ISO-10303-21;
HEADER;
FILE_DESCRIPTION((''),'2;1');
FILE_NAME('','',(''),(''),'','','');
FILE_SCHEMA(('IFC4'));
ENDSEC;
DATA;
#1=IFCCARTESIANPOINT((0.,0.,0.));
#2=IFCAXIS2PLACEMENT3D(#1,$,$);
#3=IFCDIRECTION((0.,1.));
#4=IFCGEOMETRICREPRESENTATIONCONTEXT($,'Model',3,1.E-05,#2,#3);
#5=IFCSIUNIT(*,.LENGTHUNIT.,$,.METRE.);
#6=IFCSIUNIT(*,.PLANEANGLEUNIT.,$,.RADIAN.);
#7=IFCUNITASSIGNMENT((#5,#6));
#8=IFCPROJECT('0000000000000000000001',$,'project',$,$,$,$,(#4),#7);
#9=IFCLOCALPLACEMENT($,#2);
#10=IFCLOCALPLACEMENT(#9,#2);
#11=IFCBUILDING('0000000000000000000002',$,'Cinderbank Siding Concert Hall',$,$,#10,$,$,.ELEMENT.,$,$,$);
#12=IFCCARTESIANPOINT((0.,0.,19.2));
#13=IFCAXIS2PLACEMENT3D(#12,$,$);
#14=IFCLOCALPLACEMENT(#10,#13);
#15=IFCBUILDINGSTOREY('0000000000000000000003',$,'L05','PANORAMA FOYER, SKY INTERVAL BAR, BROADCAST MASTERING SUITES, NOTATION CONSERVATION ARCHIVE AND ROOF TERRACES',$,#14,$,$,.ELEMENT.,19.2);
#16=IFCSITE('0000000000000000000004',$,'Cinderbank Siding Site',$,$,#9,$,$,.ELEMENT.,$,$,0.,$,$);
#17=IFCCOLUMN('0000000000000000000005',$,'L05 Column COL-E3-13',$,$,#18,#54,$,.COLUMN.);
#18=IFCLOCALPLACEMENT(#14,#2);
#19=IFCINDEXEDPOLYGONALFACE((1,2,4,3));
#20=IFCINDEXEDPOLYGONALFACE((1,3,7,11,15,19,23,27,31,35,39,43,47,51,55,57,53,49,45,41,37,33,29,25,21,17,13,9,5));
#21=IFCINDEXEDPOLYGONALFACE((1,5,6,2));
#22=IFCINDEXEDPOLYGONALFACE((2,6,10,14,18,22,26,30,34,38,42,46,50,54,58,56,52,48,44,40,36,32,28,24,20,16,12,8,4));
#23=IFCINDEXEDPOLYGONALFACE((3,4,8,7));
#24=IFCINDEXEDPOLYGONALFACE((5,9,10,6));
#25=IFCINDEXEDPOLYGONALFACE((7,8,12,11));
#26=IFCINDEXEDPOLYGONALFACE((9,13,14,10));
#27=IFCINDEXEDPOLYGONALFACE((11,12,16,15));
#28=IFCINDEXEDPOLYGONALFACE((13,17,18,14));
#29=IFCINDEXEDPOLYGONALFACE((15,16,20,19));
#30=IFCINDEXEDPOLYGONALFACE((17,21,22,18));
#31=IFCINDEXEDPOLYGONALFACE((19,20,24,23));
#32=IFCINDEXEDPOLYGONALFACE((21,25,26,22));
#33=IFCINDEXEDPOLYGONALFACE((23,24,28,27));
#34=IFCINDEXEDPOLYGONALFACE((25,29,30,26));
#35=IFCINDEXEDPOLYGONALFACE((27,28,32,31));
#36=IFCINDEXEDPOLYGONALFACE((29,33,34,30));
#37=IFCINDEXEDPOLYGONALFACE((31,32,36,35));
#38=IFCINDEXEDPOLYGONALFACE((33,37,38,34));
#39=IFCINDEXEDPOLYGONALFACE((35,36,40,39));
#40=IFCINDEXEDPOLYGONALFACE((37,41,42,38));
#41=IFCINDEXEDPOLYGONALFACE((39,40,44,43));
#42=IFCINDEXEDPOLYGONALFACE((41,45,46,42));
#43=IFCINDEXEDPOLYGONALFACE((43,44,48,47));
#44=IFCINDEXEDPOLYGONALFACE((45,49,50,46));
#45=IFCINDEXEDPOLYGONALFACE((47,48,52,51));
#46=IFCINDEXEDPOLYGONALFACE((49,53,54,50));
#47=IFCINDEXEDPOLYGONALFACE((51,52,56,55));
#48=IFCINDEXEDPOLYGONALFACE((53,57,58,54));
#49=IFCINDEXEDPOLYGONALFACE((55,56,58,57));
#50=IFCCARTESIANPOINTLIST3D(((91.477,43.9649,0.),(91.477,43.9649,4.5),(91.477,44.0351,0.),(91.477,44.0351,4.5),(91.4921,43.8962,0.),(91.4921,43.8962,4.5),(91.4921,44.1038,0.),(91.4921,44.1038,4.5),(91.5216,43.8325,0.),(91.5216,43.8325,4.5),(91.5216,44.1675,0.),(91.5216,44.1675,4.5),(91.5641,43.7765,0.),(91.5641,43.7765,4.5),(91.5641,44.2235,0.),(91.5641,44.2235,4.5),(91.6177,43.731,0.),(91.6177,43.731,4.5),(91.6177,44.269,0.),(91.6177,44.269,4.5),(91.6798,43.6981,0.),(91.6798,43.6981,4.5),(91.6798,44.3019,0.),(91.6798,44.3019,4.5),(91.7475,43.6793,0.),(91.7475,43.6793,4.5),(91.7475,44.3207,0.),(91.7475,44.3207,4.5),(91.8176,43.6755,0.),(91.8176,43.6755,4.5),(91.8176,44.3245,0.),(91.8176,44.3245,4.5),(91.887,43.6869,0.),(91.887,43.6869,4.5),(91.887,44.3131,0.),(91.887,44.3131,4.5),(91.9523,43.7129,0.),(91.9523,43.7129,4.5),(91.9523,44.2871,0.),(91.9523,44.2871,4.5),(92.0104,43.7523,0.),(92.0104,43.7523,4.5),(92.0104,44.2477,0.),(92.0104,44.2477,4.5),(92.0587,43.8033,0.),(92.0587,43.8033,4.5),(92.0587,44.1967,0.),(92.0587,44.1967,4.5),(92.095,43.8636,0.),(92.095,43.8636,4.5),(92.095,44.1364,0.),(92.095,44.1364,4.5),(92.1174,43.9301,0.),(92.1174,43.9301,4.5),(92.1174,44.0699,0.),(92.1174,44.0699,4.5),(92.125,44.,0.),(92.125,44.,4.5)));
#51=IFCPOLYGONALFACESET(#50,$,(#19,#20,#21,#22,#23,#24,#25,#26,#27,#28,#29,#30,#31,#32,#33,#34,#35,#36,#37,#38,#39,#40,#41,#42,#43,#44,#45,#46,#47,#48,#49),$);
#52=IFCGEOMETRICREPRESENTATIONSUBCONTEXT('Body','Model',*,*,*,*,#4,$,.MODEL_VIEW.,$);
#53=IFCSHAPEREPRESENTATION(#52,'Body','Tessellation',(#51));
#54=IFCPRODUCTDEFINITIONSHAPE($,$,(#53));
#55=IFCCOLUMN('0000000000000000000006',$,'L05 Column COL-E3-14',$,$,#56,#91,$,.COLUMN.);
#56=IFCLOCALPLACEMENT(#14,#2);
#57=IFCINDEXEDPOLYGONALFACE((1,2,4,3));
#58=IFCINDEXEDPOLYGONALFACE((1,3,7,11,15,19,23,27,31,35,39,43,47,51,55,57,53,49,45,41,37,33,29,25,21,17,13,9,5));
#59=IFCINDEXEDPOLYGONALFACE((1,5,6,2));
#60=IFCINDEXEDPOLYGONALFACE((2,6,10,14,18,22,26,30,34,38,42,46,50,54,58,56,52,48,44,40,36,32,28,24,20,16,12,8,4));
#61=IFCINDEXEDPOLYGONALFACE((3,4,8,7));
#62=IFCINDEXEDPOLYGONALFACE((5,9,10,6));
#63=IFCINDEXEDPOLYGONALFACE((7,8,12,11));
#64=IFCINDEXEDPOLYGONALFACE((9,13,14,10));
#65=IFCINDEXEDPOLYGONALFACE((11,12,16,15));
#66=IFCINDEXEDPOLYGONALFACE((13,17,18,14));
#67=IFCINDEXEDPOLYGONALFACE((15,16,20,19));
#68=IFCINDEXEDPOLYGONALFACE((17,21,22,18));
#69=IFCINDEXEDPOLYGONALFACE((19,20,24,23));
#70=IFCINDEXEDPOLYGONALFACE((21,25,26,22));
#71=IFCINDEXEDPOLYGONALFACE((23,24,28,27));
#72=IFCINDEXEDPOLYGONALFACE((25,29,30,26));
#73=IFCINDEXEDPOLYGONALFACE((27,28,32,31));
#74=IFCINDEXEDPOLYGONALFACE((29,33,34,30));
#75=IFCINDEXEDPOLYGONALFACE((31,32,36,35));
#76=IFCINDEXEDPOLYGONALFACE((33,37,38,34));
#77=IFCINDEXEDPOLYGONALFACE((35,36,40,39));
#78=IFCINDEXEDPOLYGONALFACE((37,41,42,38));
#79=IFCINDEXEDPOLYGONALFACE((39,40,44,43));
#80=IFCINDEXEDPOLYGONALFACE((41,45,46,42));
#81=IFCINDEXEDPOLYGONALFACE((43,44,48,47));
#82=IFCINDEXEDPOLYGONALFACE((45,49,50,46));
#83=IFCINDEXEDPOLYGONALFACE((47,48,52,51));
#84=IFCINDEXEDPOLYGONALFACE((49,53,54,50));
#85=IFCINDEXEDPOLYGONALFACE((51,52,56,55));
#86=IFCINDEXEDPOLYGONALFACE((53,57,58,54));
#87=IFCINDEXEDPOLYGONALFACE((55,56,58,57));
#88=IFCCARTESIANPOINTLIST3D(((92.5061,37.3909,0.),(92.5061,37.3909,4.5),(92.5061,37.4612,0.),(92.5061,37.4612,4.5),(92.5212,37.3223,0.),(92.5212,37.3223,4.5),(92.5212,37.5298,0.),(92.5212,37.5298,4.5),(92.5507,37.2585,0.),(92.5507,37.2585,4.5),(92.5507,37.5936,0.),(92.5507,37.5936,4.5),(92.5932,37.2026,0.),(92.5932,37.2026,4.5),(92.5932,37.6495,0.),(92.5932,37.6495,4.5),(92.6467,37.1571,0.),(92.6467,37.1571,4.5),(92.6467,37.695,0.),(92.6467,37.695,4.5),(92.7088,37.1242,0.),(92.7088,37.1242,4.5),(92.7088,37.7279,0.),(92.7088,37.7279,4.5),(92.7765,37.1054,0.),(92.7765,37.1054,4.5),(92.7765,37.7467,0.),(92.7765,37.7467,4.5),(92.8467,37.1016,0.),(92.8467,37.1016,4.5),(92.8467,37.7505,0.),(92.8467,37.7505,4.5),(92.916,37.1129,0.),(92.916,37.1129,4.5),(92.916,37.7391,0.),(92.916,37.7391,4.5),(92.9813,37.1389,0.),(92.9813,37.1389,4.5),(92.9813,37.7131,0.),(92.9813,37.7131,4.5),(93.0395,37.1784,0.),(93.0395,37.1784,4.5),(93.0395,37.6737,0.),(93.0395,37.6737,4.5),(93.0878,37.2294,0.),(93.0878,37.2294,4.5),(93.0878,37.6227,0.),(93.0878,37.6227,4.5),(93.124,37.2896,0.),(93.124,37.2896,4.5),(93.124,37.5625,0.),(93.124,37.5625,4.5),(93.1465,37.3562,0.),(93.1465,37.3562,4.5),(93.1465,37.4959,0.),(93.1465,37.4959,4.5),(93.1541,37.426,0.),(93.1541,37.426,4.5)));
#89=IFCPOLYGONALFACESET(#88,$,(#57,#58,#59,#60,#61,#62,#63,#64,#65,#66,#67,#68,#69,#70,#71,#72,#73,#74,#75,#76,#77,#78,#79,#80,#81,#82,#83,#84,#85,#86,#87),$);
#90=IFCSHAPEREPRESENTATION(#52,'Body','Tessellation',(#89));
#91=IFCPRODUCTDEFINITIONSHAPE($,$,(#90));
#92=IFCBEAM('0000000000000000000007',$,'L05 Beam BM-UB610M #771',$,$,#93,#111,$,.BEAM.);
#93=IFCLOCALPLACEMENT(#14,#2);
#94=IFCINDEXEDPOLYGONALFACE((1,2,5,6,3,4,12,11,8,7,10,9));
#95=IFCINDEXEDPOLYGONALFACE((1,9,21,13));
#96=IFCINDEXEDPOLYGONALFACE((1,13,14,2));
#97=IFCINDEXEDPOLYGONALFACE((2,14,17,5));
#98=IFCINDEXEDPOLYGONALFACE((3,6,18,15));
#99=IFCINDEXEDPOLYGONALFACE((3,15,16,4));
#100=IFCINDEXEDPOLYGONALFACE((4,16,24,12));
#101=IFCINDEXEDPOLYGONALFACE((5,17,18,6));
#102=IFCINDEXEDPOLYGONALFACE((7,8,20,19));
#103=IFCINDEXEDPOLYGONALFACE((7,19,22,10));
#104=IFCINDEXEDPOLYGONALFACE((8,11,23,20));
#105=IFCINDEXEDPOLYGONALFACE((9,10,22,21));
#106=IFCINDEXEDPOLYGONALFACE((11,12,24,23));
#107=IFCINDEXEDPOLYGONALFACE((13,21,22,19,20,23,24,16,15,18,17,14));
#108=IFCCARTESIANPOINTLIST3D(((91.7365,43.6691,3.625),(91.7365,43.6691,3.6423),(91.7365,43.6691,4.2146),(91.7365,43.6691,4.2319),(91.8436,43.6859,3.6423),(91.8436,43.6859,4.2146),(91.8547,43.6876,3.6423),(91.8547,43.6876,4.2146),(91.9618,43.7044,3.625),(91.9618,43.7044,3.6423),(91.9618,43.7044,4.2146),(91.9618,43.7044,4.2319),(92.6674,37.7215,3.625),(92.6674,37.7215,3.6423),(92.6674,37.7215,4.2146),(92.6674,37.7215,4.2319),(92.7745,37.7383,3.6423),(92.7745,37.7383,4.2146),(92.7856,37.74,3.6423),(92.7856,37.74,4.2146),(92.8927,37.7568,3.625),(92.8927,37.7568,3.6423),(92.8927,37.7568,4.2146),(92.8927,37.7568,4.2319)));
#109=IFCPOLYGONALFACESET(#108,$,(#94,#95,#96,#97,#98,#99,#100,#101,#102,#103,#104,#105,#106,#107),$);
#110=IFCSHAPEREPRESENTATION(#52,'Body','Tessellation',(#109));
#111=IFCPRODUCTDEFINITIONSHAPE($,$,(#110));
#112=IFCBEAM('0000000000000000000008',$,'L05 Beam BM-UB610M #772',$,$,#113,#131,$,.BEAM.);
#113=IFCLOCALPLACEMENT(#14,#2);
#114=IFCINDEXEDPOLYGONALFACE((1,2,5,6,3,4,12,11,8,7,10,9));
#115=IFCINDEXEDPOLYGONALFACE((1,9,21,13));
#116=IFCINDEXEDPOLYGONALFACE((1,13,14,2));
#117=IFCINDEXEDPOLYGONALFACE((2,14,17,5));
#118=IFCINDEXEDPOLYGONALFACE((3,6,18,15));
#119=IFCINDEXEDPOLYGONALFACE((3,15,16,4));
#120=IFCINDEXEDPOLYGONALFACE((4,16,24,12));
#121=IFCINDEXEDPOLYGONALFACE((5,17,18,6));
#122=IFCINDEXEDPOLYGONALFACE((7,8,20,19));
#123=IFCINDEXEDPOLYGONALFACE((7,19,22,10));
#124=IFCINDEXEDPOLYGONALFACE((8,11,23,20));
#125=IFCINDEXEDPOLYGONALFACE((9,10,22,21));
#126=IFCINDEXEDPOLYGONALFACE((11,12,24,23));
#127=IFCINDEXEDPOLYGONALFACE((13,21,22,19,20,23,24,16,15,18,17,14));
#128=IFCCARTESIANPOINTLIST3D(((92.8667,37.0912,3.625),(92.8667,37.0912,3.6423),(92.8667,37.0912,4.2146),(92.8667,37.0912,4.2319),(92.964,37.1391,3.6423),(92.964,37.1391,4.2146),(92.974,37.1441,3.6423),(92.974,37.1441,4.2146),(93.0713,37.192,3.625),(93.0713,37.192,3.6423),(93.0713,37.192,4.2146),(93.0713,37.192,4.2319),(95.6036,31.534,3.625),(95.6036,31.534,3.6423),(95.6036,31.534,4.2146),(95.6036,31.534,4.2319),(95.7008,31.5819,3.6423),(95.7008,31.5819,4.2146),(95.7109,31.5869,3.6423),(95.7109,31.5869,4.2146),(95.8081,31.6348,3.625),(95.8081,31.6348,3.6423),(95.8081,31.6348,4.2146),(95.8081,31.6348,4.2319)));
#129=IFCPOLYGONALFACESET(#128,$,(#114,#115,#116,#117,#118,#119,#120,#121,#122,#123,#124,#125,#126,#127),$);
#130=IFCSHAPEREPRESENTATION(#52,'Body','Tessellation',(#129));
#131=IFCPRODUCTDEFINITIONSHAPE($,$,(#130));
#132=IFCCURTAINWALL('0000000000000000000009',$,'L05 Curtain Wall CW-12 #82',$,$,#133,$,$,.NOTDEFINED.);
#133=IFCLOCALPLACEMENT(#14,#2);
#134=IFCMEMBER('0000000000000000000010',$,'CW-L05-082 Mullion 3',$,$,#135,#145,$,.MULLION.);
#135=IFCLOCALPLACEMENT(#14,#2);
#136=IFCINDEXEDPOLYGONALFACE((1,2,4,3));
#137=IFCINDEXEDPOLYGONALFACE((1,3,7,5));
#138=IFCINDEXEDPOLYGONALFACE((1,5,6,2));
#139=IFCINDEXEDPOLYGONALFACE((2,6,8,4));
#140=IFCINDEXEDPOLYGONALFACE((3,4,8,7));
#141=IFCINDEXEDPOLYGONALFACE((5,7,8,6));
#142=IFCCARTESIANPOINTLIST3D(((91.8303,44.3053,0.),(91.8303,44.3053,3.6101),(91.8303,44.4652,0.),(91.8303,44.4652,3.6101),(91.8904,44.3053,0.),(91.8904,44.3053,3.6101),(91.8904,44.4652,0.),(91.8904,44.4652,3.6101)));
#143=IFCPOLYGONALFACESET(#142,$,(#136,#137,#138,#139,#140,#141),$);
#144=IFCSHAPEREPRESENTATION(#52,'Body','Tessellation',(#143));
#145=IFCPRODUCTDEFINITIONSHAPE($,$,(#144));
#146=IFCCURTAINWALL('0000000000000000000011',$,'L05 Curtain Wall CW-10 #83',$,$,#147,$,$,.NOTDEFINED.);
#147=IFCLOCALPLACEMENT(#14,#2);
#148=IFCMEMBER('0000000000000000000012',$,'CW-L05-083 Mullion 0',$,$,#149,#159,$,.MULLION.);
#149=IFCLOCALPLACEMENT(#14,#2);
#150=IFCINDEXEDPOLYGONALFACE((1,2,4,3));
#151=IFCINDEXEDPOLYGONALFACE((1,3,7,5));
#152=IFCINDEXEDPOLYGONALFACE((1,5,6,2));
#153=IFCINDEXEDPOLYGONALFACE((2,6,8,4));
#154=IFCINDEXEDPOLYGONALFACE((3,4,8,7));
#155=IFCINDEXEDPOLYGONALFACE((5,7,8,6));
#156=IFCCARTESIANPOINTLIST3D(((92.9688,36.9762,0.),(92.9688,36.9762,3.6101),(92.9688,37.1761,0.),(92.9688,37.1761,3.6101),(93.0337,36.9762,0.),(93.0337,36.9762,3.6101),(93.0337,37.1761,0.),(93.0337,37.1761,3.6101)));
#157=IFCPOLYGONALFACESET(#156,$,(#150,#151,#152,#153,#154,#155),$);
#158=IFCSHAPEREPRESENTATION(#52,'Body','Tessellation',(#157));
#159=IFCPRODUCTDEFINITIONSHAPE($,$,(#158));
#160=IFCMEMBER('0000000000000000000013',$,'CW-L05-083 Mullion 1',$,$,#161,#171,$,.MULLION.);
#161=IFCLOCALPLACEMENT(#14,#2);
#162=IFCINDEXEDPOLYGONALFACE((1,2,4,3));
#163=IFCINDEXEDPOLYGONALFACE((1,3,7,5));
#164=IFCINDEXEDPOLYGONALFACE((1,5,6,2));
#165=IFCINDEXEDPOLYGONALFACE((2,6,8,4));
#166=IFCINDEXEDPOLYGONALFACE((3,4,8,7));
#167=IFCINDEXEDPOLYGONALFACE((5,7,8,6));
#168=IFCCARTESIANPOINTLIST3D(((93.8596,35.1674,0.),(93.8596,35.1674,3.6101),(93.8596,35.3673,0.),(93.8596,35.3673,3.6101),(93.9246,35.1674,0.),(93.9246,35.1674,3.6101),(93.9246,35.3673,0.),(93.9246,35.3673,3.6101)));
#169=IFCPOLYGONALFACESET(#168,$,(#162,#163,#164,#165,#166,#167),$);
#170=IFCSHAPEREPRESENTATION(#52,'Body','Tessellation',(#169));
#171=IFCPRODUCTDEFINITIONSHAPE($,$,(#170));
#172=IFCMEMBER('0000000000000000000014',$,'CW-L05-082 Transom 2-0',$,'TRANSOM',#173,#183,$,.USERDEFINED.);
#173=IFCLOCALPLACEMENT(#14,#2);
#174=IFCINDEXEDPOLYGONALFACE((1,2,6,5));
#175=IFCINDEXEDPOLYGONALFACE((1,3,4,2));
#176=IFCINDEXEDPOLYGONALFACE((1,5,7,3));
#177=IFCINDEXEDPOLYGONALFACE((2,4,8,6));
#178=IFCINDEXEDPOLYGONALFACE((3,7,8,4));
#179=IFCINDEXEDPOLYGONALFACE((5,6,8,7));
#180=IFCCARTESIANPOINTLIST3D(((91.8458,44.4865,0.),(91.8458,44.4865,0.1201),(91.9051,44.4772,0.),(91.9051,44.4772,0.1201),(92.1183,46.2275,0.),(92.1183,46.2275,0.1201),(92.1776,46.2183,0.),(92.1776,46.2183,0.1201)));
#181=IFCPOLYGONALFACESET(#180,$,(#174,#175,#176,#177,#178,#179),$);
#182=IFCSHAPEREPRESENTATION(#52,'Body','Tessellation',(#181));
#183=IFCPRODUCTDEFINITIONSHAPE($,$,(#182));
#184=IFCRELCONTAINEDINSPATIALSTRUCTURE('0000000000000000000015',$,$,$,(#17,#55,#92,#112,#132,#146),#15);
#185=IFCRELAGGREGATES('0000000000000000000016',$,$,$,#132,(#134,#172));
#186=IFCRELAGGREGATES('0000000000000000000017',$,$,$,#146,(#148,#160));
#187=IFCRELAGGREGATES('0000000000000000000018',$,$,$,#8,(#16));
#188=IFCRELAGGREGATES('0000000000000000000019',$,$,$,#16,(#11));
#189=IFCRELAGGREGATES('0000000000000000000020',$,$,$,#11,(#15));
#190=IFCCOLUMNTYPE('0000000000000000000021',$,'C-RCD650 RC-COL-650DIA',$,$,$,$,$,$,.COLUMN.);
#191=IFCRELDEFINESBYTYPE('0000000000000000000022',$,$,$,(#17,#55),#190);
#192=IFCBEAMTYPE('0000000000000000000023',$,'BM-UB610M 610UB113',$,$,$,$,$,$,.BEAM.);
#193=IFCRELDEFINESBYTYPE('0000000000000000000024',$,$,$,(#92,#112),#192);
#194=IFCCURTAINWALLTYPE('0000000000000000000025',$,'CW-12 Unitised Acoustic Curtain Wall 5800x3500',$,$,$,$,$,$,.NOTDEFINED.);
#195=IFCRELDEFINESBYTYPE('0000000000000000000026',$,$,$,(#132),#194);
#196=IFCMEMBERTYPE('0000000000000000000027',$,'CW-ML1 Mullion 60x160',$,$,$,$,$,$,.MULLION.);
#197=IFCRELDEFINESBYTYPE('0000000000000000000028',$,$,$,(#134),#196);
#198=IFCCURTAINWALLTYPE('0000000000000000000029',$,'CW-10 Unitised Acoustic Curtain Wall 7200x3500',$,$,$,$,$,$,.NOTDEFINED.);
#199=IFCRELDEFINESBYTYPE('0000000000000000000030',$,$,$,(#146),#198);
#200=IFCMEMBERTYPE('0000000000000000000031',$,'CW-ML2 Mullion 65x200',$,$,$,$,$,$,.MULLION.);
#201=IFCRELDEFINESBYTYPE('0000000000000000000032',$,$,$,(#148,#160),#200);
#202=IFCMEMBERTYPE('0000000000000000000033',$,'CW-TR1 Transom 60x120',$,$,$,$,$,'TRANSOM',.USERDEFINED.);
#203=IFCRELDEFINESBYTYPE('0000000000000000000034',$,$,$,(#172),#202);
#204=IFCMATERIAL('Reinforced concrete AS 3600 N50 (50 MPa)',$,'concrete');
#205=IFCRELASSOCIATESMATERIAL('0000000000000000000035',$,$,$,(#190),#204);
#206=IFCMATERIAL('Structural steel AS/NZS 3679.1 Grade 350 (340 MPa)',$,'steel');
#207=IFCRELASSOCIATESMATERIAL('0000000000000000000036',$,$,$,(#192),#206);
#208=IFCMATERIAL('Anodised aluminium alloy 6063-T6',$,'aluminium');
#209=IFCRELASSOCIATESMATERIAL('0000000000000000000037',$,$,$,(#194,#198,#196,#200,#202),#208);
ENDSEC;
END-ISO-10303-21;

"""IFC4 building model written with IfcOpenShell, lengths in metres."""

from ifc_helpers import new_model, si_unit, direction, frame, origin, origin_2d, place, context, subcontext, project, spatial, rectangle, circle, i_section, extrude, material, material_profile, profile_set, type_object, element, aggregate, save


model = new_model("IFC4")

# Units and contexts
model_context = context("Model", 3, precision=1e-05, world=origin(), true_north=direction((0.0, 1.0)))
body_context = subcontext(model_context, "Body", "Model", "MODEL_VIEW")
ifc_project = project(units=[si_unit("LENGTHUNIT", "METRE"), si_unit("PLANEANGLEUNIT", "RADIAN")], contexts=[model_context])

# Site, building, storey
site_placement = place(None, origin())
site = spatial("IfcSite", under=ifc_project, at=site_placement, Name="Cinderbank Siding Site", CompositionType="ELEMENT", RefElevation=0.0)
building_placement = place(site_placement, origin())
building = spatial("IfcBuilding", under=site, at=building_placement, Name="Cinderbank Siding Concert Hall", CompositionType="ELEMENT")
storey_placement = place(building_placement, frame((0.0, 0.0, 19.2)))
storey = spatial("IfcBuildingStorey", under=building, at=storey_placement, Name="L05", Description="PANORAMA FOYER, SKY INTERVAL BAR, BROADCAST MASTERING SUITES, NOTATION CONSERVATION ARCHIVE AND ROOF TERRACES", CompositionType="ELEMENT", Elevation=19.2)

# Columns
ifc_material_1 = material(Name="Reinforced concrete AS 3600 N50 (50 MPa)", Category="concrete")
ifc_material_profile_1 = material_profile(ifc_material_1, circle(Radius=0.325, at=origin_2d()), Name="RC-COL-650DIA", Category="LoadBearing")
ifc_profile_set_1 = profile_set([ifc_material_profile_1], Name="Reinforced concrete AS 3600 N50 (50 MPa)")
column_type = type_object("IfcColumnType", Name="C-RCD650 RC-COL-650DIA", PredefinedType="COLUMN", material=ifc_profile_set_1)
for number, where, z_axis, x_axis, name in (
    (1, (91.8, 44.0, 0.0), (0.0, 0.0, 1.0), (1.0, 0.0, 0.0), "L05 Column COL-E3-13"),
    (2, (92.8291, 37.426, 0.0), (0.0, 0.0, 1.0), (1.0, 0.0, 0.0), "L05 Column COL-E3-14"),
):
    element("IfcColumn", number, at=place(storey_placement, frame(where, z_axis=z_axis, x_axis=x_axis)), inside=storey, type_object=column_type, Name=name, PredefinedType="COLUMN", context=body_context, shape_type="SweptSolid", body=[
        extrude(circle(Radius=0.325, at=origin_2d()), origin(), (0.0, 0.0, 1.0), 4.5),
    ])

# Beams
ifc_material_2 = material(Name="Structural steel AS/NZS 3679.1 Grade 350 (340 MPa)", Category="steel")
ifc_material_profile_2 = material_profile(ifc_material_2, i_section(OverallWidth=0.228, OverallDepth=0.6069, WebThickness=0.0112, FlangeThickness=0.0173, at=origin_2d()), Name="610UB113", Category="LoadBearing")
ifc_profile_set_2 = profile_set([ifc_material_profile_2], Name="Structural steel AS/NZS 3679.1 Grade 350 (340 MPa)")
beam_type = type_object("IfcBeamType", Name="BM-UB610M 610UB113", PredefinedType="BEAM", material=ifc_profile_set_2)
beam_1_placement = place(storey_placement, frame((91.8491, 43.6868, 3.9285), z_axis=(0.154638, -0.987971, 0.0), x_axis=(0.987971, 0.154638, 0.0)))
element("IfcBeam", 3, at=beam_1_placement, inside=storey, type_object=beam_type, Name="L05 Beam BM-UB610M #771", PredefinedType="BEAM", context=body_context, shape_type="SweptSolid", body=[
    extrude(i_section(OverallWidth=0.228, OverallDepth=0.6069, WebThickness=0.0112, FlangeThickness=0.0173, at=origin_2d()), origin(), (0.0, 0.0, 1.0), 6.02),
])
beam_2_placement = place(storey_placement, frame((92.969, 37.1416, 3.9285), z_axis=(0.441814, -0.897107, 0.0), x_axis=(0.897107, 0.441814, 0.0)))
element("IfcBeam", 4, at=beam_2_placement, inside=storey, type_object=beam_type, Name="L05 Beam BM-UB610M #772", PredefinedType="BEAM", context=body_context, shape_type="SweptSolid", body=[
    extrude(i_section(OverallWidth=0.228, OverallDepth=0.6069, WebThickness=0.0112, FlangeThickness=0.0173, at=origin_2d()), origin(), (0.0, 0.0, 1.0), 6.1946),
])

# Curtain wall, member
ifc_material_3 = material(Name="Anodised aluminium alloy 6063-T6", Category="aluminium")
curtain_wall_type_1 = type_object("IfcCurtainWallType", Name="CW-12 Unitised Acoustic Curtain Wall 5800x3500", PredefinedType="NOTDEFINED", material=ifc_material_3)
curtain_wall_1_placement = place(storey_placement, origin())
curtain_wall_1 = element("IfcCurtainWall", 5, at=curtain_wall_1_placement, inside=storey, type_object=curtain_wall_type_1, Name="L05 Curtain Wall CW-12 #82", PredefinedType="NOTDEFINED")
ifc_material_profile_3 = material_profile(ifc_material_3, rectangle(XDim=0.0601, YDim=0.1599, at=origin_2d()), Name="ALU-MULL-60x160", Category="LoadBearing")
ifc_profile_set_3 = profile_set([ifc_material_profile_3], Name="Anodised aluminium alloy 6063-T6")
member_type_1 = type_object("IfcMemberType", Name="CW-ML1 Mullion 60x160", PredefinedType="MULLION", material=ifc_profile_set_3)
member_1_placement = place(storey_placement, frame((91.8604, 44.3853, 0.0), z_axis=(0.0, 0.0, 1.0), x_axis=(1.0, 0.0, 0.0)))
member_1 = element("IfcMember", 6, at=member_1_placement, type_object=member_type_1, Name="CW-L05-082 Mullion 3", PredefinedType="MULLION", context=body_context, shape_type="SweptSolid", body=[
    extrude(rectangle(XDim=0.0601, YDim=0.1599, at=origin_2d()), origin(), (0.0, 0.0, 1.0), 3.6101),
])

# Curtain wall, members
curtain_wall_type_2 = type_object("IfcCurtainWallType", Name="CW-10 Unitised Acoustic Curtain Wall 7200x3500", PredefinedType="NOTDEFINED", material=ifc_material_3)
curtain_wall_2_placement = place(storey_placement, origin())
curtain_wall_2 = element("IfcCurtainWall", 7, at=curtain_wall_2_placement, inside=storey, type_object=curtain_wall_type_2, Name="L05 Curtain Wall CW-10 #83", PredefinedType="NOTDEFINED")
ifc_material_profile_4 = material_profile(ifc_material_3, rectangle(XDim=0.0649, YDim=0.2, at=origin_2d()), Name="ALU-MULL-65x200", Category="LoadBearing")
ifc_profile_set_4 = profile_set([ifc_material_profile_4], Name="Anodised aluminium alloy 6063-T6")
member_type_2 = type_object("IfcMemberType", Name="CW-ML2 Mullion 65x200", PredefinedType="MULLION", material=ifc_profile_set_4)
member_2_placement = place(storey_placement, frame((93.0012, 37.0762, 0.0), z_axis=(0.0, 0.0, 1.0), x_axis=(1.0, 0.0, 0.0)))
member_2 = element("IfcMember", 8, at=member_2_placement, type_object=member_type_2, Name="CW-L05-083 Mullion 0", PredefinedType="MULLION", context=body_context, shape_type="SweptSolid", body=[
    extrude(rectangle(XDim=0.0649, YDim=0.2, at=origin_2d()), origin(), (0.0, 0.0, 1.0), 3.6101),
])
member_3_placement = place(storey_placement, frame((93.8921, 35.2673, 0.0), z_axis=(0.0, 0.0, 1.0), x_axis=(1.0, 0.0, 0.0)))
member_3 = element("IfcMember", 9, at=member_3_placement, type_object=member_type_2, Name="CW-L05-083 Mullion 1", PredefinedType="MULLION", context=body_context, shape_type="SweptSolid", body=[
    extrude(rectangle(XDim=0.0649, YDim=0.2, at=origin_2d()), origin(), (0.0, 0.0, 1.0), 3.6101),
])

# Member
ifc_material_profile_5 = material_profile(ifc_material_3, rectangle(XDim=0.0601, YDim=0.1201, at=origin_2d()), Name="ALU-TRAN-60x120", Category="LoadBearing")
ifc_profile_set_5 = profile_set([ifc_material_profile_5], Name="Anodised aluminium alloy 6063-T6")
member_type_3 = type_object("IfcMemberType", Name="CW-TR1 Transom 60x120", ElementType="TRANSOM", PredefinedType="USERDEFINED", material=ifc_profile_set_5)
member_4_placement = place(storey_placement, frame((92.1479, 46.2229, 0.0601), z_axis=(-0.154618, -0.987974, 0.0), x_axis=(0.987974, -0.154618, 0.0)))
member_4 = element("IfcMember", 10, at=member_4_placement, type_object=member_type_3, Name="CW-L05-082 Transom 2-0", ObjectType="TRANSOM", PredefinedType="USERDEFINED", context=body_context, shape_type="SweptSolid", body=[
    extrude(rectangle(XDim=0.0601, YDim=0.1201, at=origin_2d()), origin(), (0.0, 0.0, 1.0), 1.7622),
])

aggregate(curtain_wall_1, [member_1, member_4])
aggregate(curtain_wall_2, [member_2, member_3])

save(model, "model.ifc")
